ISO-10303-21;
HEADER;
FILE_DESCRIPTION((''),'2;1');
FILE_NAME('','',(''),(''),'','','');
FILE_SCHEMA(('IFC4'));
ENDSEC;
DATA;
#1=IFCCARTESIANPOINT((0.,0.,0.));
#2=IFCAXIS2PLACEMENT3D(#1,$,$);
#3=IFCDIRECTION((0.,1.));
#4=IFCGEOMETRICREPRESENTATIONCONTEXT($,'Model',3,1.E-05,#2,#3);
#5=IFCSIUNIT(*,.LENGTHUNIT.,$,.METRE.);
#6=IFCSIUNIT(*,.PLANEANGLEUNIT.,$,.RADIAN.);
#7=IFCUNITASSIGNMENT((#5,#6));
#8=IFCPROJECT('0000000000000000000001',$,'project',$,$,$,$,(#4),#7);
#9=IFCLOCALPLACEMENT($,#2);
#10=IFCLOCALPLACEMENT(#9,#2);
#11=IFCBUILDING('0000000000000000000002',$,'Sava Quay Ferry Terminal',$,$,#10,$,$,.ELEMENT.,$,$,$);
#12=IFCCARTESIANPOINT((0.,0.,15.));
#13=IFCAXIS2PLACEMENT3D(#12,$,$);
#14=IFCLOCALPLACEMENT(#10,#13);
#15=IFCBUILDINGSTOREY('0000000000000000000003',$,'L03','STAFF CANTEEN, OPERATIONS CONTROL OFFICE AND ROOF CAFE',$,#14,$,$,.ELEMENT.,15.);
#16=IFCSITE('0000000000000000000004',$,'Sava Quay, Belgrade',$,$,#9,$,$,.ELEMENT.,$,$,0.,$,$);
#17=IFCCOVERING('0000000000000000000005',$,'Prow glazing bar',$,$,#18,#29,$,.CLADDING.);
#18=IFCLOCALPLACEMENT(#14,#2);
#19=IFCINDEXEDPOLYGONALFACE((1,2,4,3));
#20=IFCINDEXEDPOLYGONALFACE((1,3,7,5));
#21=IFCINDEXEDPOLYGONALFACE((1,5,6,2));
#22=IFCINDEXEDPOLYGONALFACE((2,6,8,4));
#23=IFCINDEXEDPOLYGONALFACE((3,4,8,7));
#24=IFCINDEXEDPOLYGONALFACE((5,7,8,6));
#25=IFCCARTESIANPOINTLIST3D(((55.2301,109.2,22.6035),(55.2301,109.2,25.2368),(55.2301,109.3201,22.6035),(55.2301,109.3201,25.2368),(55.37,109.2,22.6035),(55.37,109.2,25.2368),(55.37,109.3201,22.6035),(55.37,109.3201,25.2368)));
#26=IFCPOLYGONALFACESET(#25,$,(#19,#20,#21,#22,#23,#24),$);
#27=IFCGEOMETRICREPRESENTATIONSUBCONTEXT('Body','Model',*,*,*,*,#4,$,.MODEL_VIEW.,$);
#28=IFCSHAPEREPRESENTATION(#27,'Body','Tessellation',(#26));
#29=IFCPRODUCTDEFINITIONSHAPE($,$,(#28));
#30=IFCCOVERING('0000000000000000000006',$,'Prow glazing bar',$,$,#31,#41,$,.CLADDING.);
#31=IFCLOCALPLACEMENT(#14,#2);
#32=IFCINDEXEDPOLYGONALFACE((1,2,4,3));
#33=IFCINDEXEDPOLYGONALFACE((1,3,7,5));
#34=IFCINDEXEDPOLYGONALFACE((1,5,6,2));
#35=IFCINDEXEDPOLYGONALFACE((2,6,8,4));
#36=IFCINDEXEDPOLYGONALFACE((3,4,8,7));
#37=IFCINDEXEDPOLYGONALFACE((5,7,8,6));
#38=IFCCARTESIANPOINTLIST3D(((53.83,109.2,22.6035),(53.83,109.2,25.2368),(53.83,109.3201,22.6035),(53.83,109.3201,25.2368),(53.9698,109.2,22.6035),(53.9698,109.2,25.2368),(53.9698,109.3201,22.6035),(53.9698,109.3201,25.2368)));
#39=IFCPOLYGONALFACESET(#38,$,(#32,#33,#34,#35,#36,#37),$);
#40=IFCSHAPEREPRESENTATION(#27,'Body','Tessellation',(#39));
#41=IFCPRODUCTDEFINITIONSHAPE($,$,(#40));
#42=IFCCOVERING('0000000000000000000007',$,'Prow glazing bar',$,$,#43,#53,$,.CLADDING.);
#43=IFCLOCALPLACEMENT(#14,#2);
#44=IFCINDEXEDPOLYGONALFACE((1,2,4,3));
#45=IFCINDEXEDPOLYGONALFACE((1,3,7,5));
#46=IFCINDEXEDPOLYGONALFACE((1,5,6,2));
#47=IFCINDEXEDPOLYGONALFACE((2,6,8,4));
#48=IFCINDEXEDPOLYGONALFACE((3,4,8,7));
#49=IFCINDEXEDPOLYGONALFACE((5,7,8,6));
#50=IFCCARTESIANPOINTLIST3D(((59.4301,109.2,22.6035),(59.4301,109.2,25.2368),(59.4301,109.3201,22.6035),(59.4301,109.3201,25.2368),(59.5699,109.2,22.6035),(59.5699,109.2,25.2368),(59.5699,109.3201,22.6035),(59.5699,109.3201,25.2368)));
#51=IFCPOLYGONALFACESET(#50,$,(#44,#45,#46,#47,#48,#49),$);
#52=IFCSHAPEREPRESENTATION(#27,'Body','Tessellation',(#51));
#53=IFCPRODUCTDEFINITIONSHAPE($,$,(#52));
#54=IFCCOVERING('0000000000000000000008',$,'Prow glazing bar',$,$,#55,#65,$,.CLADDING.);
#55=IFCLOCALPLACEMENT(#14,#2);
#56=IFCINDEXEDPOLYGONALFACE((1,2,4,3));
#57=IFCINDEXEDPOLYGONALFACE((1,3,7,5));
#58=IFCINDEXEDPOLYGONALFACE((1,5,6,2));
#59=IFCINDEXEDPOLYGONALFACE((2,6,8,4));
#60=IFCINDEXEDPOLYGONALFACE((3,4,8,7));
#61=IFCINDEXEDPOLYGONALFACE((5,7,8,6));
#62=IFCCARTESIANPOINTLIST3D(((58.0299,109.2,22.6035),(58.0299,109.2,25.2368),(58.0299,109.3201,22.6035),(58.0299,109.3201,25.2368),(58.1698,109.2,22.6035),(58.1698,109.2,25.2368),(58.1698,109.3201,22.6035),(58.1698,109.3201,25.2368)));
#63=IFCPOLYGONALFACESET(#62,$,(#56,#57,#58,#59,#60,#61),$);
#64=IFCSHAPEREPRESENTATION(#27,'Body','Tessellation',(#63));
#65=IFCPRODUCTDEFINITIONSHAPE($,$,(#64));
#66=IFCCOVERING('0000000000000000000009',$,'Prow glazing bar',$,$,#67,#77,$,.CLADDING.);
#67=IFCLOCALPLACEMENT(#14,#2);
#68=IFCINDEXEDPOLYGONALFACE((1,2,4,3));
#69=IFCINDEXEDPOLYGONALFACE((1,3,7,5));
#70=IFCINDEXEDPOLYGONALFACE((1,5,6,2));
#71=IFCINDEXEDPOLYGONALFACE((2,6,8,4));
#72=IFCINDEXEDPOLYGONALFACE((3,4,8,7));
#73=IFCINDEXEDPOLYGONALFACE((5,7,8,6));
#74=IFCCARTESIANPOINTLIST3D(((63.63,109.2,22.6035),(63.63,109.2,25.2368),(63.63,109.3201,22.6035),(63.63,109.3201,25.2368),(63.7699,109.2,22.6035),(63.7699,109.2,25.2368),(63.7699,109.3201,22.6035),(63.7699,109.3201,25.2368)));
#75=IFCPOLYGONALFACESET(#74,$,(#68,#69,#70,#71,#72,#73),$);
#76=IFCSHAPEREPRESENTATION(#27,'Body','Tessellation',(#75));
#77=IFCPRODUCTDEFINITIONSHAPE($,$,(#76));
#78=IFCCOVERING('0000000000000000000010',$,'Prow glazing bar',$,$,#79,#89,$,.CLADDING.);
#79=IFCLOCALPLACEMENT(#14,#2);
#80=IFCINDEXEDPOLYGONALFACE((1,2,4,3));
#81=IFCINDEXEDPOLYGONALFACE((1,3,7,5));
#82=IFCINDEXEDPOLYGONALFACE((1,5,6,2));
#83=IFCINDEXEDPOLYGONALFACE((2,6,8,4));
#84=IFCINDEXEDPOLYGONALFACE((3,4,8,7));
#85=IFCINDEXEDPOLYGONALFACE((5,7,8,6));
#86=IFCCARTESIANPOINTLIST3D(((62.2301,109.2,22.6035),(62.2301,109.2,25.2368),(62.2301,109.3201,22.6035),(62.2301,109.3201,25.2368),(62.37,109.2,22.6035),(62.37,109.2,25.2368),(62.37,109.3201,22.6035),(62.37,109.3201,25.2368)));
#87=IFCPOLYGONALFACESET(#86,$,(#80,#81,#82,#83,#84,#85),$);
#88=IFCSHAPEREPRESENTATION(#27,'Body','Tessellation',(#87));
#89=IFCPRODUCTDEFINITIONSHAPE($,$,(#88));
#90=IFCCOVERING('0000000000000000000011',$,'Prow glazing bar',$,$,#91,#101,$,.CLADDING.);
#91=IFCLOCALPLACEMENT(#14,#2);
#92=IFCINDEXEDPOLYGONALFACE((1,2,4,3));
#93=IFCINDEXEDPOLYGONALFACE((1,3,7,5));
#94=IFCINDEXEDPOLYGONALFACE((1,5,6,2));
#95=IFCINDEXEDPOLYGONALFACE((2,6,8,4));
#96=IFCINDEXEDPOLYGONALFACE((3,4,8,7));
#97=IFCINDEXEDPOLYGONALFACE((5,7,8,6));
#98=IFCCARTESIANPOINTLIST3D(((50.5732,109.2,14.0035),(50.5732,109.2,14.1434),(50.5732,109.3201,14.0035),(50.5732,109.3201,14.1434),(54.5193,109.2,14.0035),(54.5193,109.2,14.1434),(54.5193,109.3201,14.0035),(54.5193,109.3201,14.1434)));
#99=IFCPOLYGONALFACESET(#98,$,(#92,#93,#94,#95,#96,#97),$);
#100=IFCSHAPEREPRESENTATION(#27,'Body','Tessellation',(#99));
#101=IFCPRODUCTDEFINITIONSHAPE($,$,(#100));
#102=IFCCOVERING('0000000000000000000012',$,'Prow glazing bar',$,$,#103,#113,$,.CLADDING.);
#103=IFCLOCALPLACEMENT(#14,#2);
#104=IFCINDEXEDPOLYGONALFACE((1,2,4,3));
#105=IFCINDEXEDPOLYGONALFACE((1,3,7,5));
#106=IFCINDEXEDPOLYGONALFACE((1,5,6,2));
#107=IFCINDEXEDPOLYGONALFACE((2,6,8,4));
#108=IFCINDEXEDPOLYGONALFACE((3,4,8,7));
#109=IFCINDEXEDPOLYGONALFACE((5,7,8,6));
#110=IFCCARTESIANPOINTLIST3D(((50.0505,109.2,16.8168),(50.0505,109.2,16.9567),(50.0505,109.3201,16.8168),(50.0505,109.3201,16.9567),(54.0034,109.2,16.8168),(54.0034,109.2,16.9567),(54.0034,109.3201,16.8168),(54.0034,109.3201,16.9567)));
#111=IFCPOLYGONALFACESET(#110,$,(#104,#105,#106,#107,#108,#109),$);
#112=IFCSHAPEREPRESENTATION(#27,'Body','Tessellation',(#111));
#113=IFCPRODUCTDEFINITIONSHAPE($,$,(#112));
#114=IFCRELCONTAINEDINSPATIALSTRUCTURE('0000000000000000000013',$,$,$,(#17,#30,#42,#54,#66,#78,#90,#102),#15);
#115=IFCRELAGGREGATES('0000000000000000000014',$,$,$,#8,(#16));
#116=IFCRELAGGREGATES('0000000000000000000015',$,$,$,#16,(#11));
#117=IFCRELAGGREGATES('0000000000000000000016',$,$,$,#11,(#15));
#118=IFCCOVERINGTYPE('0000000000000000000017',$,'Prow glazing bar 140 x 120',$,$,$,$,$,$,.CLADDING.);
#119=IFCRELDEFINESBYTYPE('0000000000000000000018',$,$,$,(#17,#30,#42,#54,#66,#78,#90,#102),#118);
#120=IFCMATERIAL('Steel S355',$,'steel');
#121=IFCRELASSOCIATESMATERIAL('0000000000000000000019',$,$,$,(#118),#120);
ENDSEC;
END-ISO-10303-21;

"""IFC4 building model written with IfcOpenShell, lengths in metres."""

from ifc_helpers import new_model, si_unit, direction, frame, origin, origin_2d, place, context, subcontext, project, spatial, rectangle, extrude, material, material_profile, profile_set, type_object, element, save


model = new_model("IFC4")

# Units and contexts
model_context = context("Model", 3, precision=1e-05, world=origin(), true_north=direction((0.0, 1.0)))
body_context = subcontext(model_context, "Body", "Model", "MODEL_VIEW")
ifc_project = project(units=[si_unit("LENGTHUNIT", "METRE"), si_unit("PLANEANGLEUNIT", "RADIAN")], contexts=[model_context])

# Site, building, storey
site_placement = place(None, origin())
site = spatial("IfcSite", under=ifc_project, at=site_placement, Name="Sava Quay, Belgrade", CompositionType="ELEMENT", RefElevation=0.0)
building_placement = place(site_placement, origin())
building = spatial("IfcBuilding", under=site, at=building_placement, Name="Sava Quay Ferry Terminal", CompositionType="ELEMENT")
storey_placement = place(building_placement, frame((0.0, 0.0, 15.0)))
storey = spatial("IfcBuildingStorey", under=building, at=storey_placement, Name="L03", Description="STAFF CANTEEN, OPERATIONS CONTROL OFFICE AND ROOF CAFE", CompositionType="ELEMENT", Elevation=15.0)

# Coverings
ifc_material_1 = material(Name="Steel S355", Category="steel")
ifc_material_profile_1 = material_profile(ifc_material_1, rectangle(XDim=0.1399, YDim=0.1201, at=origin_2d()), Name="Strip 140 x 120")
ifc_profile_set_1 = profile_set([ifc_material_profile_1], Name="Steel S355")
covering_type_1 = type_object("IfcCoveringType", Name="Prow glazing bar 140 x 120", PredefinedType="CLADDING", material=ifc_profile_set_1)
for number, where, z_axis, x_axis, name in (
    (1, (55.3, 109.26, 22.6035), (0.0, 0.0, 1.0), (1.0, 0.0, 0.0), "Prow glazing bar"),
    (2, (53.8999, 109.26, 22.6035), (0.0, 0.0, 1.0), (1.0, 0.0, 0.0), "Prow glazing bar"),
    (3, (59.5, 109.26, 22.6035), (0.0, 0.0, 1.0), (1.0, 0.0, 0.0), "Prow glazing bar"),
    (4, (58.0999, 109.26, 22.6035), (0.0, 0.0, 1.0), (1.0, 0.0, 0.0), "Prow glazing bar"),
    (5, (63.7, 109.26, 22.6035), (0.0, 0.0, 1.0), (1.0, 0.0, 0.0), "Prow glazing bar"),
    (6, (62.3, 109.26, 22.6035), (0.0, 0.0, 1.0), (1.0, 0.0, 0.0), "Prow glazing bar"),
):
    element("IfcCovering", number, at=place(storey_placement, frame(where, z_axis=z_axis, x_axis=x_axis)), inside=storey, type_object=covering_type_1, Name=name, PredefinedType="CLADDING", context=body_context, shape_type="SweptSolid", body=[
        extrude(rectangle(XDim=0.1399, YDim=0.1201, at=origin_2d()), origin(), (0.0, 0.0, 1.0), 2.6333),
    ])
covering_1_placement = place(storey_placement, frame((54.5193, 109.26, 14.0735), z_axis=(-1.0, 0.0, 0.0), x_axis=(0.0, 0.0, 1.0)))
element("IfcCovering", 7, at=covering_1_placement, inside=storey, type_object=covering_type_1, Name="Prow glazing bar", PredefinedType="CLADDING", context=body_context, shape_type="SweptSolid", body=[
    extrude(rectangle(XDim=0.1399, YDim=0.1201, at=origin_2d()), origin(), (0.0, 0.0, 1.0), 3.946),
])
covering_2_placement = place(storey_placement, frame((54.0034, 109.26, 16.8867), z_axis=(-1.0, 0.0, 0.0), x_axis=(0.0, 0.0, 1.0)))
element("IfcCovering", 8, at=covering_2_placement, inside=storey, type_object=covering_type_1, Name="Prow glazing bar", PredefinedType="CLADDING", context=body_context, shape_type="SweptSolid", body=[
    extrude(rectangle(XDim=0.1399, YDim=0.1201, at=origin_2d()), origin(), (0.0, 0.0, 1.0), 3.9529),
])

save(model, "model.ifc")
